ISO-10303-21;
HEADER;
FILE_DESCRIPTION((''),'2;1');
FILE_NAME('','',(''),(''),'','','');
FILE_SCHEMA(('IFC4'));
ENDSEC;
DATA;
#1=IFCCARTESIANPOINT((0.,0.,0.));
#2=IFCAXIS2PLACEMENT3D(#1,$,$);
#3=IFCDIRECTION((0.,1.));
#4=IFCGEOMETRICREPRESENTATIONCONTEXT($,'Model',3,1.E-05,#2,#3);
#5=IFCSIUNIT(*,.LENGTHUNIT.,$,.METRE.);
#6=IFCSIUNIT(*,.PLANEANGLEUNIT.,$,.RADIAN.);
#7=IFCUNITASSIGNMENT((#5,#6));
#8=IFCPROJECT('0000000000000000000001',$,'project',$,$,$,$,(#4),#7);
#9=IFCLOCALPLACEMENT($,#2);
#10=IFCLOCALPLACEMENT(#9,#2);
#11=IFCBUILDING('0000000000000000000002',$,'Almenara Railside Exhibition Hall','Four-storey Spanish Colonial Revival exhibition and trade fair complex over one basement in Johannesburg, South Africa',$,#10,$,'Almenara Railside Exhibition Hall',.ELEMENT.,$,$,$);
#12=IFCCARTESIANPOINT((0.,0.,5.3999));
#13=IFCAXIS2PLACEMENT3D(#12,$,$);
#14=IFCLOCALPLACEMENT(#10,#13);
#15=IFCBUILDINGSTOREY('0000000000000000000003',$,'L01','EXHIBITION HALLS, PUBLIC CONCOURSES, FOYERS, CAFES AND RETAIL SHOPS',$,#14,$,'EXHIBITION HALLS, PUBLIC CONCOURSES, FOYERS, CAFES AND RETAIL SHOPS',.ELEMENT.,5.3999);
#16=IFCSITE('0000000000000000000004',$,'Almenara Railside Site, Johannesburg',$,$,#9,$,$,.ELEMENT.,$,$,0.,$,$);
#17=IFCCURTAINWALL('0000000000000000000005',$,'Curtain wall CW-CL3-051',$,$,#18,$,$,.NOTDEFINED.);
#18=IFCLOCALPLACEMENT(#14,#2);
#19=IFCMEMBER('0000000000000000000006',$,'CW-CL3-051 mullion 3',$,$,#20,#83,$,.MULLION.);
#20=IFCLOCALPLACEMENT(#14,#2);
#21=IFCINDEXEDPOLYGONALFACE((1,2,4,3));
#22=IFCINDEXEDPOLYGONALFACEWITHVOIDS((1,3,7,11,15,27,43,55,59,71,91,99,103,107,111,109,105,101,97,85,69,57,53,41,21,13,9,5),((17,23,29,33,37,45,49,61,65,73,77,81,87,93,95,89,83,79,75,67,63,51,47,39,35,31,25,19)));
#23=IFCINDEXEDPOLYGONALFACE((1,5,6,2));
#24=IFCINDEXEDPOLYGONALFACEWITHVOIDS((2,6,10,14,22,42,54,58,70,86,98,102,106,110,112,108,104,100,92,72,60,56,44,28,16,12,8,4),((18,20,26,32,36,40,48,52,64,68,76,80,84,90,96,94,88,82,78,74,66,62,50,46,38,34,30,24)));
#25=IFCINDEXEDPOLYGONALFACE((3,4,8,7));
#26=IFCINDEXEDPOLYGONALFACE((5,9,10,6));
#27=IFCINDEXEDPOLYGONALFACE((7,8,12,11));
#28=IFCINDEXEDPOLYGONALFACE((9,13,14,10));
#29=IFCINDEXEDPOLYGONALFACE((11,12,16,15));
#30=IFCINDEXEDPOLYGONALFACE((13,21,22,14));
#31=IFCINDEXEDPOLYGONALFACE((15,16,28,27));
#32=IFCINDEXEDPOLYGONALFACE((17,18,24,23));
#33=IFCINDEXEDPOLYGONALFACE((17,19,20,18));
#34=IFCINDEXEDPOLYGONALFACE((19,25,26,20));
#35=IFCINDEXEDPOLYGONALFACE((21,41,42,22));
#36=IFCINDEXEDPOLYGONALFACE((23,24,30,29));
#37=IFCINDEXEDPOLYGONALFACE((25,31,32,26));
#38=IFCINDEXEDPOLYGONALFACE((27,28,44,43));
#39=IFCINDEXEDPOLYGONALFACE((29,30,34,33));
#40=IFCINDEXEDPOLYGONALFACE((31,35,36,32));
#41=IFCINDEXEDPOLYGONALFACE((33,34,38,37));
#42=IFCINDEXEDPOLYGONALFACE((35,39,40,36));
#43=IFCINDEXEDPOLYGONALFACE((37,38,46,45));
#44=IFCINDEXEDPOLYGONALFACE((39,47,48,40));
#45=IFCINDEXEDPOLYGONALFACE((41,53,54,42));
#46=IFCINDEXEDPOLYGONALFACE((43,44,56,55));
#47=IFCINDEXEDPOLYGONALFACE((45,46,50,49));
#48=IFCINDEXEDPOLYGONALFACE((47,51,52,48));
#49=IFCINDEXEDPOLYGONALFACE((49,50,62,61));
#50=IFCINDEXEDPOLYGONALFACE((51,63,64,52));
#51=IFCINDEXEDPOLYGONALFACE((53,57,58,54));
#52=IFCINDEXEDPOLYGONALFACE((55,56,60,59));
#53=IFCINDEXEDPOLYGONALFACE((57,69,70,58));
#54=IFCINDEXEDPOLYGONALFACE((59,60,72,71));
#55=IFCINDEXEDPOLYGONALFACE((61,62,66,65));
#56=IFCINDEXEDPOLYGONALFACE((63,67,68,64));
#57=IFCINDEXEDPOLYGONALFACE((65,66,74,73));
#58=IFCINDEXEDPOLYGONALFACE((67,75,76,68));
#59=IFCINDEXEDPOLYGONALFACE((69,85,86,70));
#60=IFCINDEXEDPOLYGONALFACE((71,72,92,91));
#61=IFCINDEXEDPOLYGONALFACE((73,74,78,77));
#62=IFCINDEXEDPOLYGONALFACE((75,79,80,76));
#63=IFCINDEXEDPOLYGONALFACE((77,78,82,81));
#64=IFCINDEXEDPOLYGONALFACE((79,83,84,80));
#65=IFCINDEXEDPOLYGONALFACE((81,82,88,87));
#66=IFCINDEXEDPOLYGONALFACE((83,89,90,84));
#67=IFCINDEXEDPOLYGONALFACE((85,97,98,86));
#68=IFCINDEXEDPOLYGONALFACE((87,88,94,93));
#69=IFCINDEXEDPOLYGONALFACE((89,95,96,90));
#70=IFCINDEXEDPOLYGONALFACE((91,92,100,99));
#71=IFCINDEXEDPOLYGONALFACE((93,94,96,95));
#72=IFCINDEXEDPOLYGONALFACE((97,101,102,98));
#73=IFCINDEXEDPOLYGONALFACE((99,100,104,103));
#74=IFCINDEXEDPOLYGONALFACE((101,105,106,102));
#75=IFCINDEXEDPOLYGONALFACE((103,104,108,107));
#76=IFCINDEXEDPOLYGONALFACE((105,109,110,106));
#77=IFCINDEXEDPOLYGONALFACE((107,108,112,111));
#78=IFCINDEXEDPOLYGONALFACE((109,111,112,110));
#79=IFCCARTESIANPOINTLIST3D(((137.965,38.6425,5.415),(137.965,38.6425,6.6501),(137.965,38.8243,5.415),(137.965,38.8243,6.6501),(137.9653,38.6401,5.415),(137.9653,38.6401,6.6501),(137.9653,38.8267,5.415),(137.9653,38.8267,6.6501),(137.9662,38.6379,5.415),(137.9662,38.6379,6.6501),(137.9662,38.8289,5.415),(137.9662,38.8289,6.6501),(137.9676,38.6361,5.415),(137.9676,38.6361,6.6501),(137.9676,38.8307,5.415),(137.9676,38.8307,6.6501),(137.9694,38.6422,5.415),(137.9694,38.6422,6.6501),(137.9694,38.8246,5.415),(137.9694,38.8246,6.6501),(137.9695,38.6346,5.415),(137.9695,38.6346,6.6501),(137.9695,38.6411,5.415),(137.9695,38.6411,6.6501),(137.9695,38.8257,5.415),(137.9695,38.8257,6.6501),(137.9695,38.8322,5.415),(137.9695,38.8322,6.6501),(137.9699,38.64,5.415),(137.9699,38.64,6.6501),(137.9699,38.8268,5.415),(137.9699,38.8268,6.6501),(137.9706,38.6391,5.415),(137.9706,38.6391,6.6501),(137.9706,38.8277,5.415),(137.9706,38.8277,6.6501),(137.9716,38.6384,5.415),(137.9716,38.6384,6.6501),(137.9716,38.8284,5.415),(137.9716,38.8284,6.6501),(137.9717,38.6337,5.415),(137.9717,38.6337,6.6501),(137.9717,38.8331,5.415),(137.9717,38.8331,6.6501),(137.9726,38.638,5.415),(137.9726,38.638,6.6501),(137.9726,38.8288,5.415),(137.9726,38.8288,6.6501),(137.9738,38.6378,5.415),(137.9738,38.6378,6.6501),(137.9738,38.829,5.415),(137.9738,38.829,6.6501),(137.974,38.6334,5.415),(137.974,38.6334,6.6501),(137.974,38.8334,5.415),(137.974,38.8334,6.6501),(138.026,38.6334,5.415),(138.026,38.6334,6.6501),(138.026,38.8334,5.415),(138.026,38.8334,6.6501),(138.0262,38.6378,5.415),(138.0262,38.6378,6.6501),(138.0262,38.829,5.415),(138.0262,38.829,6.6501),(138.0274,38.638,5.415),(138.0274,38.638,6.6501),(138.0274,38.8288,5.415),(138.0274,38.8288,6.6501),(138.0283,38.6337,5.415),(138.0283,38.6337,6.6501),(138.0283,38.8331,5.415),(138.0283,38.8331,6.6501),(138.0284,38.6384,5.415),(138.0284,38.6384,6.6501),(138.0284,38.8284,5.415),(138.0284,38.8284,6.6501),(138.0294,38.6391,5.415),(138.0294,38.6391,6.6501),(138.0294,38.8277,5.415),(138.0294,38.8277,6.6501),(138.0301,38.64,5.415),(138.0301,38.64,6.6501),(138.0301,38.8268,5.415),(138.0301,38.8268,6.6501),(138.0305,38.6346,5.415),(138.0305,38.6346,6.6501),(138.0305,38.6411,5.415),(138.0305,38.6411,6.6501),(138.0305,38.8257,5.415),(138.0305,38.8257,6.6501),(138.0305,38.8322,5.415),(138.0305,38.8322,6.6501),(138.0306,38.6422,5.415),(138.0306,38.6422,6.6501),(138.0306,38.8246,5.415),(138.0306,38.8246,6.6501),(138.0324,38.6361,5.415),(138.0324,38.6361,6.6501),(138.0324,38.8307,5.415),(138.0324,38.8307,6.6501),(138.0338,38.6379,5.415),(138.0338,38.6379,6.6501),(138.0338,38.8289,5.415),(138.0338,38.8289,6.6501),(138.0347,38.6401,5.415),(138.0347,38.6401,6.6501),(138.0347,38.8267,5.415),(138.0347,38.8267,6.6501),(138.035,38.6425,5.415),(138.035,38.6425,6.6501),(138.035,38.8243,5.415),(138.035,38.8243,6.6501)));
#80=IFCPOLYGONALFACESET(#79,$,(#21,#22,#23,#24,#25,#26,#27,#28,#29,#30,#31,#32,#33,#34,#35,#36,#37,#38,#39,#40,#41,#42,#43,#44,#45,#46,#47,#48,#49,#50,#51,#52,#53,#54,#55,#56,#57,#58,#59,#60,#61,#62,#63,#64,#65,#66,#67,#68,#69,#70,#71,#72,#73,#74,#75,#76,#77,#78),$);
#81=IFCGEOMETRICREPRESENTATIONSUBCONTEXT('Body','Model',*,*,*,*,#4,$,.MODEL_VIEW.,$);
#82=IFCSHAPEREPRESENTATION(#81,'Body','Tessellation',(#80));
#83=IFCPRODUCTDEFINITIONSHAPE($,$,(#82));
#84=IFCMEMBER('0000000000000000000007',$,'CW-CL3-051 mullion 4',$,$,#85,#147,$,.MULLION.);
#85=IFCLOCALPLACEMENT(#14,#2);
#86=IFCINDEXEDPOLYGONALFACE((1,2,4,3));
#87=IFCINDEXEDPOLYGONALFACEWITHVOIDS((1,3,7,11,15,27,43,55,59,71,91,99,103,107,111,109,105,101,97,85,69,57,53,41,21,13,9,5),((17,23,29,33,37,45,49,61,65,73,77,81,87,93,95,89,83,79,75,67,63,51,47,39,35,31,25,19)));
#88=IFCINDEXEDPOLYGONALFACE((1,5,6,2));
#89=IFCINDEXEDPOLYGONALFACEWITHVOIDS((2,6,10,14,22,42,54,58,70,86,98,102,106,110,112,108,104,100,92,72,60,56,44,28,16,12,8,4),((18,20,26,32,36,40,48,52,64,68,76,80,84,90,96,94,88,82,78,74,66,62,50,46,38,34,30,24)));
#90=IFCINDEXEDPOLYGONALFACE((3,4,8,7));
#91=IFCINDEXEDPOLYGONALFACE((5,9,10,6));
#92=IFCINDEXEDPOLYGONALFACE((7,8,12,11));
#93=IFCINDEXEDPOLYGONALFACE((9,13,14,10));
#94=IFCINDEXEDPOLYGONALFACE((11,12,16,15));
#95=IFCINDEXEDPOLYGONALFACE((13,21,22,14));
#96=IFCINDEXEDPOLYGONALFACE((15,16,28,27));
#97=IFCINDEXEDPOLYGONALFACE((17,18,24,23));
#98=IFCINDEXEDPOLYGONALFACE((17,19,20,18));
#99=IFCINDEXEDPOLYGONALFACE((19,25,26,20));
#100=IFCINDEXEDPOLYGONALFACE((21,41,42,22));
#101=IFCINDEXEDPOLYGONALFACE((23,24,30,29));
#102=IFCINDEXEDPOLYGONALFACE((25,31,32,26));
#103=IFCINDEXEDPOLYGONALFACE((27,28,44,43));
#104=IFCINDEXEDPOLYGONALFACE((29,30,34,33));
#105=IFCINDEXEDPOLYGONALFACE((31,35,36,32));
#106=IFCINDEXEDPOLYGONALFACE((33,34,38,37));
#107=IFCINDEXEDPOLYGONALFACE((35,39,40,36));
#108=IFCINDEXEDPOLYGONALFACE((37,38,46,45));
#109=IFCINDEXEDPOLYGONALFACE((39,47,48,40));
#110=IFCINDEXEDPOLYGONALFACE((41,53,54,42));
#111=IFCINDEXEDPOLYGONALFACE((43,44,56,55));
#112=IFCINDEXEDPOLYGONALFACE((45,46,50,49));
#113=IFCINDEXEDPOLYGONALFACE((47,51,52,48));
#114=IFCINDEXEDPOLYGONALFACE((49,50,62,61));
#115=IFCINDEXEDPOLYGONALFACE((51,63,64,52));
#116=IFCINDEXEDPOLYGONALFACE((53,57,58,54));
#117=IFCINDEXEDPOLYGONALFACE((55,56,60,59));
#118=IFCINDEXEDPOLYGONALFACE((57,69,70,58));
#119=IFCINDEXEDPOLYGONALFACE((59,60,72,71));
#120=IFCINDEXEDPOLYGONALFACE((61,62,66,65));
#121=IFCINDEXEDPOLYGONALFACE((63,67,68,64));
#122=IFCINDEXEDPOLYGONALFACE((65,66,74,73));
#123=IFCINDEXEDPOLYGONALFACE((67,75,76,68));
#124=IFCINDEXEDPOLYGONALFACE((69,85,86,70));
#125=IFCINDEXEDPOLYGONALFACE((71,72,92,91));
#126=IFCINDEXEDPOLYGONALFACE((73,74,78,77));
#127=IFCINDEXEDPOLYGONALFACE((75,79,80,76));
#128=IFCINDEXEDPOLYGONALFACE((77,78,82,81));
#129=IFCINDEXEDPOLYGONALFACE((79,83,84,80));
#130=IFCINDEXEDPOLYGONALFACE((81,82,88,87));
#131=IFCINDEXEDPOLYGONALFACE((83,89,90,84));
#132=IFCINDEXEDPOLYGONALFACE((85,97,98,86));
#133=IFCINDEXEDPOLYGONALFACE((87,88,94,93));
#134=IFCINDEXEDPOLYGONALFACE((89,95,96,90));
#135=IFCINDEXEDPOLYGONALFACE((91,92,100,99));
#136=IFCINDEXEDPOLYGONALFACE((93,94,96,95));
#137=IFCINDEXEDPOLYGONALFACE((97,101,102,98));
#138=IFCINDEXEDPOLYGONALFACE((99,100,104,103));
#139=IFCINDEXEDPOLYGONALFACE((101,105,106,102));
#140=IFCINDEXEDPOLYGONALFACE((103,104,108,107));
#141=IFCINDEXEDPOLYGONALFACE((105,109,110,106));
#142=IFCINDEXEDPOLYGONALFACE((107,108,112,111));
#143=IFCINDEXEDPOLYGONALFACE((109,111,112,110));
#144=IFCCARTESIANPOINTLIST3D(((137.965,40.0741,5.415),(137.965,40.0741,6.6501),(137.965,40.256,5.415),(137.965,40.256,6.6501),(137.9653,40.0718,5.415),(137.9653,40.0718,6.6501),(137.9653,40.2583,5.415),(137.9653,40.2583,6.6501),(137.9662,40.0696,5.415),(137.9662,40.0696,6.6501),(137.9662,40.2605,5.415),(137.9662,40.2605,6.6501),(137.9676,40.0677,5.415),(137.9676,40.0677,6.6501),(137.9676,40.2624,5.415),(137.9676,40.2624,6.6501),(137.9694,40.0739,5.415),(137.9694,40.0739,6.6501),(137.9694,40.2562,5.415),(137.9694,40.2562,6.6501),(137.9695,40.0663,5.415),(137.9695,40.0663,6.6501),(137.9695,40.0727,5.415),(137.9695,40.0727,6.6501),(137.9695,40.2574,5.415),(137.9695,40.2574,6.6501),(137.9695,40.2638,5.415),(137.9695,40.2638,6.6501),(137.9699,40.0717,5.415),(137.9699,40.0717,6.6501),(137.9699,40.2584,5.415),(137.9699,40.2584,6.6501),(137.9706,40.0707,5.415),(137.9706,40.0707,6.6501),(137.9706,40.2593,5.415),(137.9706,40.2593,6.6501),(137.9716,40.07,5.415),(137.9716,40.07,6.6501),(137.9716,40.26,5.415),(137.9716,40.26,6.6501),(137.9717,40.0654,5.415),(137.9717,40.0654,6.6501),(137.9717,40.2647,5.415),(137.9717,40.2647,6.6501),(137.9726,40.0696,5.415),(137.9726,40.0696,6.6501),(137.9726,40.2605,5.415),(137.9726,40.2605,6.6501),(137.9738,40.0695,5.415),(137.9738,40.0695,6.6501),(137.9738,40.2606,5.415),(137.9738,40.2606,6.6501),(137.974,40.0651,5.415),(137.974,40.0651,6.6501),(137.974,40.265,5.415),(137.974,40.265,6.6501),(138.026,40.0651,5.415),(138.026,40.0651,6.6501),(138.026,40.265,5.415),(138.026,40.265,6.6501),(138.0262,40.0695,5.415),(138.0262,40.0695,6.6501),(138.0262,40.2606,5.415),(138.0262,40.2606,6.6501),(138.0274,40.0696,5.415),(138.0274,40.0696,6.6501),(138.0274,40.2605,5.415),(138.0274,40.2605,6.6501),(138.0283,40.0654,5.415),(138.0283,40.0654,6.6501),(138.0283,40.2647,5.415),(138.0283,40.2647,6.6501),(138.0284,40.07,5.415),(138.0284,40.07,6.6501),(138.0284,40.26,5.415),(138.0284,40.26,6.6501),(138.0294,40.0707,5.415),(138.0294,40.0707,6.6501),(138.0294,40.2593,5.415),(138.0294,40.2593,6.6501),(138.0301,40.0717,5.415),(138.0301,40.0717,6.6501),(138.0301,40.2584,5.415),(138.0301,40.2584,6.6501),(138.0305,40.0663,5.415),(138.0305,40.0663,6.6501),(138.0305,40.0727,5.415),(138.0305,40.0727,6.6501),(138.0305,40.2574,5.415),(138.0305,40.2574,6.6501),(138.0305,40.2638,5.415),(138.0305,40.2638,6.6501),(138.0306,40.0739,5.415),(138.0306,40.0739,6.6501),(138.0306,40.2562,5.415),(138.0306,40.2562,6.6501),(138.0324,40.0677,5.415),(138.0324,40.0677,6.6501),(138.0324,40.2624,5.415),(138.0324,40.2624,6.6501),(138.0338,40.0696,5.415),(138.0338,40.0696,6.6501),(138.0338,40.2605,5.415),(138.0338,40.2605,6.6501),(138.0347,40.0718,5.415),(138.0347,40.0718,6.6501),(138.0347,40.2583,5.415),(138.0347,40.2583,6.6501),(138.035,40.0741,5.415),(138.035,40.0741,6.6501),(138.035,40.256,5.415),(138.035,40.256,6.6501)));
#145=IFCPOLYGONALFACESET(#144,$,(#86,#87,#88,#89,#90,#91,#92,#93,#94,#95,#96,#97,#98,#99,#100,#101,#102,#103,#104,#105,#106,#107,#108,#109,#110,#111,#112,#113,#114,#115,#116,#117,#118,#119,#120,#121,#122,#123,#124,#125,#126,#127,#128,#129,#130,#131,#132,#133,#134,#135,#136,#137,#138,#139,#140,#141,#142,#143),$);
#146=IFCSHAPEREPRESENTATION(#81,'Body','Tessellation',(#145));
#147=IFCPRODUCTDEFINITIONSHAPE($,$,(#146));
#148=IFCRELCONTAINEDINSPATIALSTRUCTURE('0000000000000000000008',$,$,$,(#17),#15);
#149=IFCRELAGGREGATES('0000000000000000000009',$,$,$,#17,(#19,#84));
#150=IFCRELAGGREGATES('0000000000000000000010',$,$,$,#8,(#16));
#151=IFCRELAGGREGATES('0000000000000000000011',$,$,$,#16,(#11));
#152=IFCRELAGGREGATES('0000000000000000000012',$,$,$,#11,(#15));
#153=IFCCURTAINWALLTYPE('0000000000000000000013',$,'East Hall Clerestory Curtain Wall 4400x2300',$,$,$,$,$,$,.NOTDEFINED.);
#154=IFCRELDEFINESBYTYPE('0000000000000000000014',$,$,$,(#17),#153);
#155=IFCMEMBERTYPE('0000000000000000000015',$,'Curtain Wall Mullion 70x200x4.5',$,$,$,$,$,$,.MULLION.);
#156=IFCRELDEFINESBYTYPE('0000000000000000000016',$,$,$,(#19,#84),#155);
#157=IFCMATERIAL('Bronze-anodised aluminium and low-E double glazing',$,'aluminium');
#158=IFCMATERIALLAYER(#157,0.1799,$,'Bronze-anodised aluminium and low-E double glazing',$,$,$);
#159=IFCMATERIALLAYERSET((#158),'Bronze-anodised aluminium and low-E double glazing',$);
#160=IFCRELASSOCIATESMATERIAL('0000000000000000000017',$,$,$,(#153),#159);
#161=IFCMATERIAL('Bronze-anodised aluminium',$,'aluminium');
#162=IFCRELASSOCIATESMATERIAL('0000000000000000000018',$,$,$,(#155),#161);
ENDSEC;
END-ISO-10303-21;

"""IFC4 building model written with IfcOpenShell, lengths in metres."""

from ifc_helpers import new_model, si_unit, direction, frame, origin, origin_2d, place, context, subcontext, project, spatial, hollow_rectangle, extrude, material, layer, layer_set, material_profile, profile_set, type_object, element, aggregate, save


model = new_model("IFC4")

# Units and contexts
model_context = context("Model", 3, precision=1e-05, world=origin(), true_north=direction((0.0, 1.0)))
body_context = subcontext(model_context, "Body", "Model", "MODEL_VIEW")
ifc_project = project(units=[si_unit("LENGTHUNIT", "METRE"), si_unit("PLANEANGLEUNIT", "RADIAN")], contexts=[model_context])

# Site, building, storey
site_placement = place(None, origin())
site = spatial("IfcSite", under=ifc_project, at=site_placement, Name="Almenara Railside Site, Johannesburg", CompositionType="ELEMENT", RefElevation=0.0)
building_placement = place(site_placement, origin())
building = spatial("IfcBuilding", under=site, at=building_placement, Name="Almenara Railside Exhibition Hall", Description="Four-storey Spanish Colonial Revival exhibition and trade fair complex over one basement in Johannesburg, South Africa", LongName="Almenara Railside Exhibition Hall", CompositionType="ELEMENT")
storey_placement = place(building_placement, frame((0.0, 0.0, 5.3999)))
storey = spatial("IfcBuildingStorey", under=building, at=storey_placement, Name="L01", Description="EXHIBITION HALLS, PUBLIC CONCOURSES, FOYERS, CAFES AND RETAIL SHOPS", LongName="EXHIBITION HALLS, PUBLIC CONCOURSES, FOYERS, CAFES AND RETAIL SHOPS", CompositionType="ELEMENT", Elevation=5.3999)

# Shared definitions
ifc_material_1 = material(Name="Bronze-anodised aluminium and low-E double glazing", Category="aluminium")
ifc_layer_1 = layer(ifc_material_1, 0.1799, Name="Bronze-anodised aluminium and low-E double glazing")
ifc_layer_set_1 = layer_set([ifc_layer_1], Name="Bronze-anodised aluminium and low-E double glazing")
curtain_wall_type = type_object("IfcCurtainWallType", Name="East Hall Clerestory Curtain Wall 4400x2300", PredefinedType="NOTDEFINED", material=ifc_layer_set_1)
ifc_material_2 = material(Name="Bronze-anodised aluminium", Category="aluminium")

# Curtain wall, members
curtain_wall_1_placement = place(storey_placement, origin())
curtain_wall_1 = element("IfcCurtainWall", 1, at=curtain_wall_1_placement, inside=storey, type_object=curtain_wall_type, Name="Curtain wall CW-CL3-051", PredefinedType="NOTDEFINED")
ifc_material_profile_1 = material_profile(ifc_material_2, hollow_rectangle(XDim=0.0701, YDim=0.2, WallThickness=0.0044, InnerFilletRadius=0.0044, OuterFilletRadius=0.009, at=origin_2d()), Name="ALU-MUL 70x200x4.5")
ifc_profile_set_1 = profile_set([ifc_material_profile_1], Name="Bronze-anodised aluminium")
member_type_1 = type_object("IfcMemberType", Name="Curtain Wall Mullion 70x200x4.5", PredefinedType="MULLION", material=ifc_profile_set_1)
member_1_placement = place(storey_placement, frame((138.0, 38.7334, 5.415), z_axis=(0.0, 0.0, 1.0), x_axis=(-1.0, 0.0, 0.0)))
member_1 = element("IfcMember", 2, at=member_1_placement, type_object=member_type_1, Name="CW-CL3-051 mullion 3", PredefinedType="MULLION", context=body_context, shape_type="SweptSolid", body=[
    extrude(hollow_rectangle(XDim=0.0701, YDim=0.2, WallThickness=0.0044, InnerFilletRadius=0.0044, OuterFilletRadius=0.009, at=origin_2d()), origin(), (0.0, 0.0, 1.0), 1.2351),
])
member_2_placement = place(storey_placement, frame((138.0, 40.165, 5.415), z_axis=(0.0, 0.0, 1.0), x_axis=(-1.0, 0.0, 0.0)))
member_2 = element("IfcMember", 3, at=member_2_placement, type_object=member_type_1, Name="CW-CL3-051 mullion 4", PredefinedType="MULLION", context=body_context, shape_type="SweptSolid", body=[
    extrude(hollow_rectangle(XDim=0.0701, YDim=0.2, WallThickness=0.0044, InnerFilletRadius=0.0044, OuterFilletRadius=0.009, at=origin_2d()), origin(), (0.0, 0.0, 1.0), 1.2351),
])

aggregate(curtain_wall_1, [member_1, member_2])

save(model, "model.ifc")
